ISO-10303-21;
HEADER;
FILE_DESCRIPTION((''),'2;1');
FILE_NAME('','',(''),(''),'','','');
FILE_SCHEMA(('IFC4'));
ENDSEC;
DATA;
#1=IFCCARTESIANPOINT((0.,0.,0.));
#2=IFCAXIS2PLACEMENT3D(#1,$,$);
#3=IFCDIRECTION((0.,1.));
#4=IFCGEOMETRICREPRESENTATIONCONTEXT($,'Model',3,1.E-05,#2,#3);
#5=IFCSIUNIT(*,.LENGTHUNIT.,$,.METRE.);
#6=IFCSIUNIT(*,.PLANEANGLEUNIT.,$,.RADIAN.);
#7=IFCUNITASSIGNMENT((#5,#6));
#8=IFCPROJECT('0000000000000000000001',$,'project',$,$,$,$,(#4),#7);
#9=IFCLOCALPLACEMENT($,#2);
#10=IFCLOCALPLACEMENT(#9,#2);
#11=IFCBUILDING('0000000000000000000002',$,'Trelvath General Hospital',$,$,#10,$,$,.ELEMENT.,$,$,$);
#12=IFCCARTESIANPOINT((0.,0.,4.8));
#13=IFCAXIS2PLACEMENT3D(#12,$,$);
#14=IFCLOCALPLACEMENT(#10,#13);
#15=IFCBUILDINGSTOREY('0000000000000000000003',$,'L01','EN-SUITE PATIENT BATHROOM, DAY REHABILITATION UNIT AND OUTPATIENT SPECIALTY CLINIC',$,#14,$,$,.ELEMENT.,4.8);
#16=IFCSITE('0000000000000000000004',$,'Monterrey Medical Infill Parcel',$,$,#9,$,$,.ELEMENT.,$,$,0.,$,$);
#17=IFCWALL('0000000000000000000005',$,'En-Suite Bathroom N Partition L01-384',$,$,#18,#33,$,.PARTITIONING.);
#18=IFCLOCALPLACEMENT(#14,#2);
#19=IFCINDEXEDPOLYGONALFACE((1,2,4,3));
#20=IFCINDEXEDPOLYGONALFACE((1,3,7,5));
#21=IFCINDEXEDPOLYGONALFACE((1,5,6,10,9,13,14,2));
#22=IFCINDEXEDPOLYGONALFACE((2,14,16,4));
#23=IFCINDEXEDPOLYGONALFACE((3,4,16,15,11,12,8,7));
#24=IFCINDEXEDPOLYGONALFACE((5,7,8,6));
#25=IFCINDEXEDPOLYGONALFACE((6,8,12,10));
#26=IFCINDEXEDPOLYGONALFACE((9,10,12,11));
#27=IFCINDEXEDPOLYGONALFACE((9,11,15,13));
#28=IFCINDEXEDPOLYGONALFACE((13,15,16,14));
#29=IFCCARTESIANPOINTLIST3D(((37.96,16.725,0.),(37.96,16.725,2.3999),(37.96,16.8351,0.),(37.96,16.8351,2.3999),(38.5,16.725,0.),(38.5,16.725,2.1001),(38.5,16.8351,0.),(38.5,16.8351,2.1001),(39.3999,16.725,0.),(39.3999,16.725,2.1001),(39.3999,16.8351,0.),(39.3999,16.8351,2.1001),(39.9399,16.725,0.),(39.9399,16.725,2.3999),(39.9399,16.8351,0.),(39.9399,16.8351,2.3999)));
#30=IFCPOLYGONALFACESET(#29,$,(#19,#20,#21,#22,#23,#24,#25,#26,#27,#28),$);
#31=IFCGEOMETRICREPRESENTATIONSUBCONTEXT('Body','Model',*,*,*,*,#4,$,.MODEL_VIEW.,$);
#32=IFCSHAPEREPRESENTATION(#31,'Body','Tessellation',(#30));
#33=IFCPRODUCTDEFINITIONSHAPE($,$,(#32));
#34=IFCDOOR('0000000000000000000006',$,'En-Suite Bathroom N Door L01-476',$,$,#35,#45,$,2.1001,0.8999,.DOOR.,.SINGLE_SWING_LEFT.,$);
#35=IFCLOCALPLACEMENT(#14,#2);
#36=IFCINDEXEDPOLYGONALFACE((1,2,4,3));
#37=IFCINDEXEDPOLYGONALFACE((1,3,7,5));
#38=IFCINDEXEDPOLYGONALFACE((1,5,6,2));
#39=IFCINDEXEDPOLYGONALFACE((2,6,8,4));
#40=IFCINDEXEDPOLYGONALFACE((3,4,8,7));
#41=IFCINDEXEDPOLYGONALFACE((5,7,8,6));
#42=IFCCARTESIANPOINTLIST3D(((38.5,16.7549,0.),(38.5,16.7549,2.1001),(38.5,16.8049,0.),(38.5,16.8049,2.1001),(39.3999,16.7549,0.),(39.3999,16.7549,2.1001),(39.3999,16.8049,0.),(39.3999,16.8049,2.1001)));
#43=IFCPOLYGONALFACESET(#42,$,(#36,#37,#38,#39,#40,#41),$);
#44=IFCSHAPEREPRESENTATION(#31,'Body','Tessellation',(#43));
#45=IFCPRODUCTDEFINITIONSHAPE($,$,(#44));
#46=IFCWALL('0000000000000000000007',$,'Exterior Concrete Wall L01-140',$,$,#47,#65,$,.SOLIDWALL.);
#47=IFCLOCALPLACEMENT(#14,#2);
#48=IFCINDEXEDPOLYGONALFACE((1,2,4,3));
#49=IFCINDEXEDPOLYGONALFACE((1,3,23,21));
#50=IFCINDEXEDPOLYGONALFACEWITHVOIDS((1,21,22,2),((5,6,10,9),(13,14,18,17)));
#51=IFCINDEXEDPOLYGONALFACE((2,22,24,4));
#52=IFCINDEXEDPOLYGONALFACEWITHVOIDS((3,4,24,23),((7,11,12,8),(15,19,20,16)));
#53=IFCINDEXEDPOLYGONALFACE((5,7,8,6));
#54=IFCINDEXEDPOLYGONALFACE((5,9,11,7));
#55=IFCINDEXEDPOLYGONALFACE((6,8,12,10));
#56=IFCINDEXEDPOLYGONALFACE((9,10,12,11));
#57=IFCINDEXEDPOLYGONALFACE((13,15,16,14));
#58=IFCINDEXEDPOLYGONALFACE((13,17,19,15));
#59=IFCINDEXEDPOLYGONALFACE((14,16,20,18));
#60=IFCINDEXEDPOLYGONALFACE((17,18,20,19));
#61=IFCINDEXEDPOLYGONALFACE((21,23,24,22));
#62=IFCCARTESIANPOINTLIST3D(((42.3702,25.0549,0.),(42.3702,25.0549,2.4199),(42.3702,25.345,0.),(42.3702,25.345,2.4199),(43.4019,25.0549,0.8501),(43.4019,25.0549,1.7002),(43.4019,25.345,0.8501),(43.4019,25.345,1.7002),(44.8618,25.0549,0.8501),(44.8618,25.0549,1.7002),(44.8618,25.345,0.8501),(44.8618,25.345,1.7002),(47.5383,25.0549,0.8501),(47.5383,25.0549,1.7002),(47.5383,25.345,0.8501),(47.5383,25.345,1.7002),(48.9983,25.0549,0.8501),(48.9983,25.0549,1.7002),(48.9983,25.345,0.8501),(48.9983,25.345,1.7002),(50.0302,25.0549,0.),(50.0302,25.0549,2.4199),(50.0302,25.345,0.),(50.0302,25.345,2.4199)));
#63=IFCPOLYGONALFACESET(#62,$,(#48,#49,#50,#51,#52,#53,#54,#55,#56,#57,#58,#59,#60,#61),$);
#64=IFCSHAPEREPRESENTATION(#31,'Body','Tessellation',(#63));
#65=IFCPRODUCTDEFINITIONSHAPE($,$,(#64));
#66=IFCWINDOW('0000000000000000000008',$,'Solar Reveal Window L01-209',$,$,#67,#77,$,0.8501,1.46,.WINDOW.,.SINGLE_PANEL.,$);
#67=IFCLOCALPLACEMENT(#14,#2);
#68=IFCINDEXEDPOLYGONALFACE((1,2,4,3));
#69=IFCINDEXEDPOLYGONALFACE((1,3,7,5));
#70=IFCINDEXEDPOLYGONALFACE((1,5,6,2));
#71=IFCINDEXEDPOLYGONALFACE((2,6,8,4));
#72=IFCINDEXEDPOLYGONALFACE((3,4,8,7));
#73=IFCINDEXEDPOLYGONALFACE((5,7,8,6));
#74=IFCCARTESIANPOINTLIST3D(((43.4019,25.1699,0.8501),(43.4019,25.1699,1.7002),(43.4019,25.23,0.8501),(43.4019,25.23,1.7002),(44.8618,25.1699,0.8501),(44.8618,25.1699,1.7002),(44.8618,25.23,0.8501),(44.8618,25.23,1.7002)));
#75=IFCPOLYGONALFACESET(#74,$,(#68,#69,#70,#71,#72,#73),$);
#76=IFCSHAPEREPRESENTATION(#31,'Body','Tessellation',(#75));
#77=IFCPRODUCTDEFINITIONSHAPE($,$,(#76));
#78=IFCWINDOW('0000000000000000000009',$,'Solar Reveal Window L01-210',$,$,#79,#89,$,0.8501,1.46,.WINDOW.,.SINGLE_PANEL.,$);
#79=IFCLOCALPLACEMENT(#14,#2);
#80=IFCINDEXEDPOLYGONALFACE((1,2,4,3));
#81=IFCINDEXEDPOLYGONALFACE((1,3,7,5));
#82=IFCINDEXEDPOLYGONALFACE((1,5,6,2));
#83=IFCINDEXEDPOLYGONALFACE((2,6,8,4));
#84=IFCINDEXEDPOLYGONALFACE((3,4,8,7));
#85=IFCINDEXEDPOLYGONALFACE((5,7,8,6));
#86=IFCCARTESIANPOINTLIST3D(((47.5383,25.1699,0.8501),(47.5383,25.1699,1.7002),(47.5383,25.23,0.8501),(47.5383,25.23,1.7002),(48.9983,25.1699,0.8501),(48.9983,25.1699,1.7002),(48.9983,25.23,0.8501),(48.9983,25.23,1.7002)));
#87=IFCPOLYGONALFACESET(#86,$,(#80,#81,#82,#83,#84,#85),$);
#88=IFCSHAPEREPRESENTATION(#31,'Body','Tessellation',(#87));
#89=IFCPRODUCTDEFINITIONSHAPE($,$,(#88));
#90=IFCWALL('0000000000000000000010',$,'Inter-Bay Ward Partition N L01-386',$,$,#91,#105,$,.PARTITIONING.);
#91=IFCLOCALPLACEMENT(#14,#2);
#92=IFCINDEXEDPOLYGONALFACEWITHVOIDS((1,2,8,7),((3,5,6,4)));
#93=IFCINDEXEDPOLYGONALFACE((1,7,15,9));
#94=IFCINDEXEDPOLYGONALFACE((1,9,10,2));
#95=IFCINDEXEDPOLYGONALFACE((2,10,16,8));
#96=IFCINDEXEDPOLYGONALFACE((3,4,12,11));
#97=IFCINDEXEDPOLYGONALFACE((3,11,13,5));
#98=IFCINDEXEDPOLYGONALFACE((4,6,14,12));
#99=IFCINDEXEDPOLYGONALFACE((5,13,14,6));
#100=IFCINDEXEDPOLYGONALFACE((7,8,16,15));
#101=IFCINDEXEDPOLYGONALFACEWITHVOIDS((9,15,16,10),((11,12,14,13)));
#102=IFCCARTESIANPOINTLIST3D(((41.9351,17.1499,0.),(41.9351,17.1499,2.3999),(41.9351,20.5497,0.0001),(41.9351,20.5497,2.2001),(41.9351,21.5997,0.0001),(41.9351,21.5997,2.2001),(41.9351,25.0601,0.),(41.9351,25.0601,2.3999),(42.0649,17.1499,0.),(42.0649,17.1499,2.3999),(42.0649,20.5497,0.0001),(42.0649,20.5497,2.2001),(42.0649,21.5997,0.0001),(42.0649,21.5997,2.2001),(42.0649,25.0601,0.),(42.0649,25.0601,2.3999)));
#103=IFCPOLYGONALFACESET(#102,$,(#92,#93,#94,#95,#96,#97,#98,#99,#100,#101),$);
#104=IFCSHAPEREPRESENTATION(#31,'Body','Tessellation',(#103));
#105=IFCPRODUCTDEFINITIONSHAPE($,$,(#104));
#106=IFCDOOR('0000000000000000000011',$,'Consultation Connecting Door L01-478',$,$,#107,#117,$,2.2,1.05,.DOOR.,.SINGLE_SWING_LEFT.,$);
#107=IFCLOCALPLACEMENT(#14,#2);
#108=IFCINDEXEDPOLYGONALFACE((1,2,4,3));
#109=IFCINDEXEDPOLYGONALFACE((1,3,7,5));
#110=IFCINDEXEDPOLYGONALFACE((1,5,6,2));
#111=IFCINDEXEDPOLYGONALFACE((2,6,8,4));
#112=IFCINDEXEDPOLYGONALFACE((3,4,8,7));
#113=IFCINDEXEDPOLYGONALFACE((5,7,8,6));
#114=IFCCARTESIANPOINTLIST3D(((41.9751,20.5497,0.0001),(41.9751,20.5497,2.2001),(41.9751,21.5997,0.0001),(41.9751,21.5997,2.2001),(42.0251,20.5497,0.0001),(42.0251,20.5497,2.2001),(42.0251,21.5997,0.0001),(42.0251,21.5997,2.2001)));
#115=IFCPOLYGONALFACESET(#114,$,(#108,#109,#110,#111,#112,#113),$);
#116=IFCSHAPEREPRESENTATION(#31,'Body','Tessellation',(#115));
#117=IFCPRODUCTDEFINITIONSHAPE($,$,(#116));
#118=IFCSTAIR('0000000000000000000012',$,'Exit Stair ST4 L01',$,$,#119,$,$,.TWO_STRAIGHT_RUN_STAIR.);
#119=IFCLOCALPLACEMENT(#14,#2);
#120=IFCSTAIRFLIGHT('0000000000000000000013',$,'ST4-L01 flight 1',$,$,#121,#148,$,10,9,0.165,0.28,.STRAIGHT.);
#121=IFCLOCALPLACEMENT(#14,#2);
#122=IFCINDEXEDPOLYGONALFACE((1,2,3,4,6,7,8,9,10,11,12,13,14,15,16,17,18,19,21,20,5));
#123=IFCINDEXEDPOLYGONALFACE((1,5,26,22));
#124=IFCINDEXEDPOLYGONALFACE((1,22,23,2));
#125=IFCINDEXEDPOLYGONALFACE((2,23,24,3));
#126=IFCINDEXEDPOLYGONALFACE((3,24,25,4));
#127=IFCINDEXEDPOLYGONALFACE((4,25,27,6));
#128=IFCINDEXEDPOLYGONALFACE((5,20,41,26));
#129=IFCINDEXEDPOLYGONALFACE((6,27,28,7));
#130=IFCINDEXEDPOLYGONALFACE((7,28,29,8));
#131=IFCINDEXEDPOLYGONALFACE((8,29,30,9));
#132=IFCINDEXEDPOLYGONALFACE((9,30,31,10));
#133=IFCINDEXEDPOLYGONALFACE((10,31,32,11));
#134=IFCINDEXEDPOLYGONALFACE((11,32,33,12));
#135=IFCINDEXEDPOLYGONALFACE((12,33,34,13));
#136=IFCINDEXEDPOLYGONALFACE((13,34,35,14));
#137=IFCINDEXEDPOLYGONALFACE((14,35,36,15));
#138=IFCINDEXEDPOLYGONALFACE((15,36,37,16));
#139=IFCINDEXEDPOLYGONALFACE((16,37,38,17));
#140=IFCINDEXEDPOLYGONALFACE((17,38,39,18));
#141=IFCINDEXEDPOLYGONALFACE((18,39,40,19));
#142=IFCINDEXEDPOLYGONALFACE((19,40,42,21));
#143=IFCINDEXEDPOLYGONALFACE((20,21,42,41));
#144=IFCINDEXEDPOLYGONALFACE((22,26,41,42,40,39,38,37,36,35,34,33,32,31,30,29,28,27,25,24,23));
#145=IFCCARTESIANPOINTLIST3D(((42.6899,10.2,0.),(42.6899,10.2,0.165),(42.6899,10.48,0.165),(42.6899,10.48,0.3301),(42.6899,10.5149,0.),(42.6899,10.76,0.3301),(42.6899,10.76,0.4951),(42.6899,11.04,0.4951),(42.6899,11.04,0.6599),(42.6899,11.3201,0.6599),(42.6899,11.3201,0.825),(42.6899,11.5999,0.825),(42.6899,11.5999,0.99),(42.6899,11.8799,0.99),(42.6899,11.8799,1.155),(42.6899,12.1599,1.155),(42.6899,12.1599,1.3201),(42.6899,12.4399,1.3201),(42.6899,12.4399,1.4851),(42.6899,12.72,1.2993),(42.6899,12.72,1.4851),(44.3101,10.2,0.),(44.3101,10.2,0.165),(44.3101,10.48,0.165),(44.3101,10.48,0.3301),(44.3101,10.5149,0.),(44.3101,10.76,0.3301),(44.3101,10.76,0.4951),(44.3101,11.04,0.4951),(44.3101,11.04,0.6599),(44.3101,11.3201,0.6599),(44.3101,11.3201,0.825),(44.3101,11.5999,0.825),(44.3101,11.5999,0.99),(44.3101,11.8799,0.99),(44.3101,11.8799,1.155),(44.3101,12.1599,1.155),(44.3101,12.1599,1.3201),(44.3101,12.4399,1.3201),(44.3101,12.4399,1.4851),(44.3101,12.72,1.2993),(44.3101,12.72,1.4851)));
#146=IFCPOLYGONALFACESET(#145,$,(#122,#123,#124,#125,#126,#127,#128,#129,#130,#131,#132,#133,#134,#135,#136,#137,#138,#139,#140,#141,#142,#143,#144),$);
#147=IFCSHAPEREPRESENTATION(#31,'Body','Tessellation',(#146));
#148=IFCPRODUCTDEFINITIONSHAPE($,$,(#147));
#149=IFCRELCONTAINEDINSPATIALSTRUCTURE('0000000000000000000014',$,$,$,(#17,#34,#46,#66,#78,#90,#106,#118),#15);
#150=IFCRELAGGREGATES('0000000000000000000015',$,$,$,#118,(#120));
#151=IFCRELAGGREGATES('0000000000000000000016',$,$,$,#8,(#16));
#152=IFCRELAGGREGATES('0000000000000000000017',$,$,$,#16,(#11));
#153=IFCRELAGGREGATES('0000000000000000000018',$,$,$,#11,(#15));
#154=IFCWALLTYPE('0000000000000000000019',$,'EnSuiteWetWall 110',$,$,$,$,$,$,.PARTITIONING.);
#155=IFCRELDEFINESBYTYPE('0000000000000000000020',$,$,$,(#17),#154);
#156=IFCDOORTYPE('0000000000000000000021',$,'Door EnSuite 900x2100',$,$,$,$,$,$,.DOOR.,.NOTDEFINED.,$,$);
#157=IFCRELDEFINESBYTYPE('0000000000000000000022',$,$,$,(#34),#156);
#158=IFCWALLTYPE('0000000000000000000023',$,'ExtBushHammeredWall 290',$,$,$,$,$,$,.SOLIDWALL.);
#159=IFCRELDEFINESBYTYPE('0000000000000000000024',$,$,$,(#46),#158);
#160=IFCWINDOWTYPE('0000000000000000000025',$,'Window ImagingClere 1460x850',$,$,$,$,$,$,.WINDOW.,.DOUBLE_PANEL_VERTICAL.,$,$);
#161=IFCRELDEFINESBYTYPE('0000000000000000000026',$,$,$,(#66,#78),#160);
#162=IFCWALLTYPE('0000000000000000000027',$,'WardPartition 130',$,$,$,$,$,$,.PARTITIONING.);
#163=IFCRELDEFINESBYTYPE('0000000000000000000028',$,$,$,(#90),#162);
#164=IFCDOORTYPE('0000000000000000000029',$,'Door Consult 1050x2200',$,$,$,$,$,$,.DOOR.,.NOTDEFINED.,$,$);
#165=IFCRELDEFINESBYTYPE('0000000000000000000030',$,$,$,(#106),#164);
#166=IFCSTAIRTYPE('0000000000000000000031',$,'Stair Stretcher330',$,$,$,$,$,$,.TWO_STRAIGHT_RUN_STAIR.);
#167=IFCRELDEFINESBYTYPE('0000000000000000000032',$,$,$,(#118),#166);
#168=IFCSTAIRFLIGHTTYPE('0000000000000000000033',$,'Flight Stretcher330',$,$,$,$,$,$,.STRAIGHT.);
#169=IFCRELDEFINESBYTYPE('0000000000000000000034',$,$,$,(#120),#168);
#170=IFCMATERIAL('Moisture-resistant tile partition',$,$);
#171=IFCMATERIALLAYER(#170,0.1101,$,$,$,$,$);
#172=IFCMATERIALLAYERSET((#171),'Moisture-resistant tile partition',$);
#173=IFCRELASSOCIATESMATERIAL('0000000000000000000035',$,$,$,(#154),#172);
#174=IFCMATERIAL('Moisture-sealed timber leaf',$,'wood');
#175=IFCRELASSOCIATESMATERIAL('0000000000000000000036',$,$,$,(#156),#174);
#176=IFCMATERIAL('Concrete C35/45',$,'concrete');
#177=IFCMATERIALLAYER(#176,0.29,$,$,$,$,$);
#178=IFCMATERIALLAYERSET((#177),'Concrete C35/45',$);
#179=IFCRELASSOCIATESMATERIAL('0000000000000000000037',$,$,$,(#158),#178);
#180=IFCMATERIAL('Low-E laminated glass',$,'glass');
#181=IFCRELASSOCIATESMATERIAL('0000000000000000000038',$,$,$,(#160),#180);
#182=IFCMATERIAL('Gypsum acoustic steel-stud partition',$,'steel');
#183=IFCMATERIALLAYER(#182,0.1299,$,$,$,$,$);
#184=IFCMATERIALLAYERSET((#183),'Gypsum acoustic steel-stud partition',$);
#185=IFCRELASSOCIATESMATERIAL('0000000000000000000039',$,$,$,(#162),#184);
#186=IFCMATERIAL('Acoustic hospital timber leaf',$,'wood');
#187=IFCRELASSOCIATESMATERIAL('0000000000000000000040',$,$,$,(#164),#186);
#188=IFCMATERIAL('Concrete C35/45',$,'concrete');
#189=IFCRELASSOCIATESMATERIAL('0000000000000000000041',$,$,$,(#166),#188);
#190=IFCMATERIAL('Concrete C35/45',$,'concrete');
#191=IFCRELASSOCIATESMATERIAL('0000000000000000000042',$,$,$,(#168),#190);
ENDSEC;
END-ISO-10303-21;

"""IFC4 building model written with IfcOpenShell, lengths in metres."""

from ifc_helpers import new_model, si_unit, direction, frame, frame_2d, origin, place, context, subcontext, project, spatial, polyline, rectangle, outline, extrude, material, layer, layer_set, type_object, element, fill, aggregate, save


model = new_model("IFC4")

# Units and contexts
model_context = context("Model", 3, precision=1e-05, world=origin(), true_north=direction((0.0, 1.0)))
body_context = subcontext(model_context, "Body", "Model", "MODEL_VIEW")
ifc_project = project(units=[si_unit("LENGTHUNIT", "METRE"), si_unit("PLANEANGLEUNIT", "RADIAN")], contexts=[model_context])

# Site, building, storey
site_placement = place(None, origin())
site = spatial("IfcSite", under=ifc_project, at=site_placement, Name="Monterrey Medical Infill Parcel", CompositionType="ELEMENT", RefElevation=0.0)
building_placement = place(site_placement, origin())
building = spatial("IfcBuilding", under=site, at=building_placement, Name="Trelvath General Hospital", CompositionType="ELEMENT")
storey_placement = place(building_placement, frame((0.0, 0.0, 4.8)))
storey = spatial("IfcBuildingStorey", under=building, at=storey_placement, Name="L01", Description="EN-SUITE PATIENT BATHROOM, DAY REHABILITATION UNIT AND OUTPATIENT SPECIALTY CLINIC", CompositionType="ELEMENT", Elevation=4.8)

# Shared definitions
ifc_material_1 = material(Name="Moisture-resistant tile partition")
ifc_layer_1 = layer(ifc_material_1, 0.1101)
ifc_layer_set_1 = layer_set([ifc_layer_1], Name="Moisture-resistant tile partition")
wall_type_1 = type_object("IfcWallType", Name="EnSuiteWetWall 110", PredefinedType="PARTITIONING", material=ifc_layer_set_1)

# Wall, opening, door
wall_1_placement = place(storey_placement, frame((37.96, 16.78, 0.0), z_axis=(0.0, 0.0, 1.0), x_axis=(1.0, 0.0, 0.0)))
wall_1 = element("IfcWall", 1, at=wall_1_placement, inside=storey, type_object=wall_type_1, Name="En-Suite Bathroom N Partition L01-384", PredefinedType="PARTITIONING", context=body_context, shape_type="SweptSolid", body=[
    extrude(rectangle(XDim=1.98, YDim=0.1101, at=frame_2d((0.99, 0.0))), origin(), (0.0, 0.0, 1.0), 2.3999),
])
opening_1_placement = place(wall_1_placement, frame((0.54, 0.0, 0.0)))
opening_1 = element("IfcOpeningElement", 2, at=opening_1_placement, cuts=wall_1, PredefinedType="OPENING", context=body_context, shape_type="SweptSolid", body=[
    extrude(rectangle(XDim=0.8999, YDim=2.1001, at=frame_2d((0.45, 1.05))), frame((0.0, 0.0649, 0.0), z_axis=(0.0, -1.0, 0.0), x_axis=(1.0, 0.0, 0.0)), (0.0, 0.0, 1.0), 0.1301),
])
ifc_material_2 = material(Name="Moisture-sealed timber leaf", Category="wood")
door_type_1 = type_object("IfcDoorType", Name="Door EnSuite 900x2100", OperationType="NOTDEFINED", PredefinedType="DOOR", material=ifc_material_2)
door_1_placement = place(opening_1_placement, origin())
door_1 = element("IfcDoor", 3, at=door_1_placement, inside=storey, type_object=door_type_1, Name="En-Suite Bathroom N Door L01-476", OperationType="SINGLE_SWING_LEFT", OverallHeight=2.1001, OverallWidth=0.8999, PredefinedType="DOOR", context=body_context, shape_type="SweptSolid", body=[
    extrude(rectangle(XDim=0.8999, YDim=2.1001, at=frame_2d((0.45, 1.05))), frame((0.0, 0.0249, 0.0), z_axis=(0.0, -1.0, 0.0), x_axis=(1.0, 0.0, 0.0)), (0.0, 0.0, 1.0), 0.05),
])
fill(opening_1, door_1)

# Wall, openings, windows
ifc_material_3 = material(Name="Concrete C35/45", Category="concrete")
ifc_layer_2 = layer(ifc_material_3, 0.29)
ifc_layer_set_2 = layer_set([ifc_layer_2], Name="Concrete C35/45")
wall_type_2 = type_object("IfcWallType", Name="ExtBushHammeredWall 290", PredefinedType="SOLIDWALL", material=ifc_layer_set_2)
wall_2_placement = place(storey_placement, frame((42.3701, 25.2, 0.0), z_axis=(0.0, 0.0, 1.0), x_axis=(1.0, 0.0, 0.0)))
wall_2 = element("IfcWall", 4, at=wall_2_placement, inside=storey, type_object=wall_type_2, Name="Exterior Concrete Wall L01-140", PredefinedType="SOLIDWALL", context=body_context, shape_type="SweptSolid", body=[
    extrude(rectangle(XDim=7.6599, YDim=0.29, at=frame_2d((3.8301, 0.0))), origin(), (0.0, 0.0, 1.0), 2.4199),
])
opening_2_placement = place(wall_2_placement, frame((1.0317, 0.0, 0.8501)))
opening_2 = element("IfcOpeningElement", 5, at=opening_2_placement, cuts=wall_2, PredefinedType="OPENING", context=body_context, shape_type="SweptSolid", body=[
    extrude(rectangle(XDim=1.46, YDim=0.8501, at=frame_2d((0.73, 0.425))), frame((0.0, 0.155, 0.0), z_axis=(0.0, -1.0, 0.0), x_axis=(1.0, 0.0, 0.0)), (0.0, 0.0, 1.0), 0.3101),
])
opening_3_placement = place(wall_2_placement, frame((5.1682, 0.0, 0.8501)))
opening_3 = element("IfcOpeningElement", 6, at=opening_3_placement, cuts=wall_2, PredefinedType="OPENING", context=body_context, shape_type="SweptSolid", body=[
    extrude(rectangle(XDim=1.46, YDim=0.8501, at=frame_2d((0.73, 0.425))), frame((0.0, 0.155, 0.0), z_axis=(0.0, -1.0, 0.0), x_axis=(1.0, 0.0, 0.0)), (0.0, 0.0, 1.0), 0.3101),
])
ifc_material_4 = material(Name="Low-E laminated glass", Category="glass")
window_type = type_object("IfcWindowType", Name="Window ImagingClere 1460x850", PartitioningType="DOUBLE_PANEL_VERTICAL", PredefinedType="WINDOW", material=ifc_material_4)
window_1_placement = place(opening_2_placement, origin())
window_1 = element("IfcWindow", 7, at=window_1_placement, inside=storey, type_object=window_type, Name="Solar Reveal Window L01-209", OverallHeight=0.8501, OverallWidth=1.46, PartitioningType="SINGLE_PANEL", PredefinedType="WINDOW", context=body_context, shape_type="SweptSolid", body=[
    extrude(rectangle(XDim=1.46, YDim=0.8501, at=frame_2d((0.73, 0.425))), frame((0.0, 0.03, 0.0), z_axis=(0.0, -1.0, 0.0), x_axis=(1.0, 0.0, 0.0)), (0.0, 0.0, 1.0), 0.0601),
])
fill(opening_2, window_1)
window_2_placement = place(opening_3_placement, origin())
window_2 = element("IfcWindow", 8, at=window_2_placement, inside=storey, type_object=window_type, Name="Solar Reveal Window L01-210", OverallHeight=0.8501, OverallWidth=1.46, PartitioningType="SINGLE_PANEL", PredefinedType="WINDOW", context=body_context, shape_type="SweptSolid", body=[
    extrude(rectangle(XDim=1.46, YDim=0.8501, at=frame_2d((0.73, 0.425))), frame((0.0, 0.03, 0.0), z_axis=(0.0, -1.0, 0.0), x_axis=(1.0, 0.0, 0.0)), (0.0, 0.0, 1.0), 0.0601),
])
fill(opening_3, window_2)

# Wall, opening, door
ifc_material_5 = material(Name="Gypsum acoustic steel-stud partition", Category="steel")
ifc_layer_3 = layer(ifc_material_5, 0.1299)
ifc_layer_set_3 = layer_set([ifc_layer_3], Name="Gypsum acoustic steel-stud partition")
wall_type_3 = type_object("IfcWallType", Name="WardPartition 130", PredefinedType="PARTITIONING", material=ifc_layer_set_3)
wall_3_placement = place(storey_placement, frame((42.0, 17.1499, 0.0), z_axis=(0.0, 0.0, 1.0), x_axis=(0.0, 1.0, 0.0)))
wall_3 = element("IfcWall", 9, at=wall_3_placement, inside=storey, type_object=wall_type_3, Name="Inter-Bay Ward Partition N L01-386", PredefinedType="PARTITIONING", context=body_context, shape_type="SweptSolid", body=[
    extrude(rectangle(XDim=7.9102, YDim=0.1299, at=frame_2d((3.9551, 0.0))), origin(), (0.0, 0.0, 1.0), 2.3999),
])
opening_4_placement = place(wall_3_placement, frame((3.3999, 0.0, 0.0)))
opening_4 = element("IfcOpeningElement", 10, at=opening_4_placement, cuts=wall_3, PredefinedType="OPENING", context=body_context, shape_type="SweptSolid", body=[
    extrude(rectangle(XDim=1.05, YDim=2.2, at=frame_2d((0.5249, 1.1001))), frame((0.0, 0.075, 0.0), z_axis=(0.0, -1.0, 0.0), x_axis=(1.0, 0.0, 0.0)), (0.0, 0.0, 1.0), 0.1499),
])
ifc_material_6 = material(Name="Acoustic hospital timber leaf", Category="wood")
door_type_2 = type_object("IfcDoorType", Name="Door Consult 1050x2200", OperationType="NOTDEFINED", PredefinedType="DOOR", material=ifc_material_6)
door_2_placement = place(opening_4_placement, origin())
door_2 = element("IfcDoor", 11, at=door_2_placement, inside=storey, type_object=door_type_2, Name="Consultation Connecting Door L01-478", OperationType="SINGLE_SWING_LEFT", OverallHeight=2.2, OverallWidth=1.05, PredefinedType="DOOR", context=body_context, shape_type="SweptSolid", body=[
    extrude(rectangle(XDim=1.05, YDim=2.2, at=frame_2d((0.5249, 1.1001))), frame((0.0, 0.0249, 0.0), z_axis=(0.0, -1.0, 0.0), x_axis=(1.0, 0.0, 0.0)), (0.0, 0.0, 1.0), 0.05),
])
fill(opening_4, door_2)

# Stair, stair flight
ifc_material_7 = material(Name="Concrete C35/45", Category="concrete")
stair_type = type_object("IfcStairType", Name="Stair Stretcher330", PredefinedType="TWO_STRAIGHT_RUN_STAIR", material=ifc_material_7)
stair_placement = place(storey_placement, origin())
stair = element("IfcStair", 12, at=stair_placement, inside=storey, type_object=stair_type, Name="Exit Stair ST4 L01", PredefinedType="TWO_STRAIGHT_RUN_STAIR")
ifc_material_8 = material(Name="Concrete C35/45", Category="concrete")
stair_flight_type = type_object("IfcStairFlightType", Name="Flight Stretcher330", PredefinedType="STRAIGHT", material=ifc_material_8)
stair_flight_placement = place(storey_placement, frame((43.5, 10.2, 0.0), z_axis=(0.0, 0.0, 1.0), x_axis=(0.0, 1.0, 0.0)))
stair_flight = element("IfcStairFlight", 13, at=stair_flight_placement, type_object=stair_flight_type, Name="ST4-L01 flight 1", NumberOfRisers=10, NumberOfTreads=9, PredefinedType="STRAIGHT", RiserHeight=0.165, TreadLength=0.28, context=body_context, shape_type="SweptSolid", body=[
    extrude(outline(polyline([(0.0, 0.0), (0.0, 0.165), (0.28, 0.165), (0.28, 0.3301), (0.5601, 0.3301), (0.5601, 0.4951), (0.8401, 0.4951), (0.8401, 0.6599), (1.1201, 0.6599), (1.1201, 0.825), (1.3999, 0.825), (1.3999, 0.99), (1.6799, 0.99), (1.6799, 1.155), (1.96, 1.155), (1.96, 1.3201), (2.24, 1.3201), (2.24, 1.4851), (2.52, 1.4851), (2.52, 1.6499), (2.52, 1.2993), (0.3149, 0.0), (0.0, 0.0)])), frame((0.0, 0.8101, 0.0), z_axis=(0.0, -1.0, 0.0), x_axis=(1.0, 0.0, 0.0)), (0.0, 0.0, 1.0), 1.6201),
])
aggregate(stair, [stair_flight])

save(model, "model.ifc")
